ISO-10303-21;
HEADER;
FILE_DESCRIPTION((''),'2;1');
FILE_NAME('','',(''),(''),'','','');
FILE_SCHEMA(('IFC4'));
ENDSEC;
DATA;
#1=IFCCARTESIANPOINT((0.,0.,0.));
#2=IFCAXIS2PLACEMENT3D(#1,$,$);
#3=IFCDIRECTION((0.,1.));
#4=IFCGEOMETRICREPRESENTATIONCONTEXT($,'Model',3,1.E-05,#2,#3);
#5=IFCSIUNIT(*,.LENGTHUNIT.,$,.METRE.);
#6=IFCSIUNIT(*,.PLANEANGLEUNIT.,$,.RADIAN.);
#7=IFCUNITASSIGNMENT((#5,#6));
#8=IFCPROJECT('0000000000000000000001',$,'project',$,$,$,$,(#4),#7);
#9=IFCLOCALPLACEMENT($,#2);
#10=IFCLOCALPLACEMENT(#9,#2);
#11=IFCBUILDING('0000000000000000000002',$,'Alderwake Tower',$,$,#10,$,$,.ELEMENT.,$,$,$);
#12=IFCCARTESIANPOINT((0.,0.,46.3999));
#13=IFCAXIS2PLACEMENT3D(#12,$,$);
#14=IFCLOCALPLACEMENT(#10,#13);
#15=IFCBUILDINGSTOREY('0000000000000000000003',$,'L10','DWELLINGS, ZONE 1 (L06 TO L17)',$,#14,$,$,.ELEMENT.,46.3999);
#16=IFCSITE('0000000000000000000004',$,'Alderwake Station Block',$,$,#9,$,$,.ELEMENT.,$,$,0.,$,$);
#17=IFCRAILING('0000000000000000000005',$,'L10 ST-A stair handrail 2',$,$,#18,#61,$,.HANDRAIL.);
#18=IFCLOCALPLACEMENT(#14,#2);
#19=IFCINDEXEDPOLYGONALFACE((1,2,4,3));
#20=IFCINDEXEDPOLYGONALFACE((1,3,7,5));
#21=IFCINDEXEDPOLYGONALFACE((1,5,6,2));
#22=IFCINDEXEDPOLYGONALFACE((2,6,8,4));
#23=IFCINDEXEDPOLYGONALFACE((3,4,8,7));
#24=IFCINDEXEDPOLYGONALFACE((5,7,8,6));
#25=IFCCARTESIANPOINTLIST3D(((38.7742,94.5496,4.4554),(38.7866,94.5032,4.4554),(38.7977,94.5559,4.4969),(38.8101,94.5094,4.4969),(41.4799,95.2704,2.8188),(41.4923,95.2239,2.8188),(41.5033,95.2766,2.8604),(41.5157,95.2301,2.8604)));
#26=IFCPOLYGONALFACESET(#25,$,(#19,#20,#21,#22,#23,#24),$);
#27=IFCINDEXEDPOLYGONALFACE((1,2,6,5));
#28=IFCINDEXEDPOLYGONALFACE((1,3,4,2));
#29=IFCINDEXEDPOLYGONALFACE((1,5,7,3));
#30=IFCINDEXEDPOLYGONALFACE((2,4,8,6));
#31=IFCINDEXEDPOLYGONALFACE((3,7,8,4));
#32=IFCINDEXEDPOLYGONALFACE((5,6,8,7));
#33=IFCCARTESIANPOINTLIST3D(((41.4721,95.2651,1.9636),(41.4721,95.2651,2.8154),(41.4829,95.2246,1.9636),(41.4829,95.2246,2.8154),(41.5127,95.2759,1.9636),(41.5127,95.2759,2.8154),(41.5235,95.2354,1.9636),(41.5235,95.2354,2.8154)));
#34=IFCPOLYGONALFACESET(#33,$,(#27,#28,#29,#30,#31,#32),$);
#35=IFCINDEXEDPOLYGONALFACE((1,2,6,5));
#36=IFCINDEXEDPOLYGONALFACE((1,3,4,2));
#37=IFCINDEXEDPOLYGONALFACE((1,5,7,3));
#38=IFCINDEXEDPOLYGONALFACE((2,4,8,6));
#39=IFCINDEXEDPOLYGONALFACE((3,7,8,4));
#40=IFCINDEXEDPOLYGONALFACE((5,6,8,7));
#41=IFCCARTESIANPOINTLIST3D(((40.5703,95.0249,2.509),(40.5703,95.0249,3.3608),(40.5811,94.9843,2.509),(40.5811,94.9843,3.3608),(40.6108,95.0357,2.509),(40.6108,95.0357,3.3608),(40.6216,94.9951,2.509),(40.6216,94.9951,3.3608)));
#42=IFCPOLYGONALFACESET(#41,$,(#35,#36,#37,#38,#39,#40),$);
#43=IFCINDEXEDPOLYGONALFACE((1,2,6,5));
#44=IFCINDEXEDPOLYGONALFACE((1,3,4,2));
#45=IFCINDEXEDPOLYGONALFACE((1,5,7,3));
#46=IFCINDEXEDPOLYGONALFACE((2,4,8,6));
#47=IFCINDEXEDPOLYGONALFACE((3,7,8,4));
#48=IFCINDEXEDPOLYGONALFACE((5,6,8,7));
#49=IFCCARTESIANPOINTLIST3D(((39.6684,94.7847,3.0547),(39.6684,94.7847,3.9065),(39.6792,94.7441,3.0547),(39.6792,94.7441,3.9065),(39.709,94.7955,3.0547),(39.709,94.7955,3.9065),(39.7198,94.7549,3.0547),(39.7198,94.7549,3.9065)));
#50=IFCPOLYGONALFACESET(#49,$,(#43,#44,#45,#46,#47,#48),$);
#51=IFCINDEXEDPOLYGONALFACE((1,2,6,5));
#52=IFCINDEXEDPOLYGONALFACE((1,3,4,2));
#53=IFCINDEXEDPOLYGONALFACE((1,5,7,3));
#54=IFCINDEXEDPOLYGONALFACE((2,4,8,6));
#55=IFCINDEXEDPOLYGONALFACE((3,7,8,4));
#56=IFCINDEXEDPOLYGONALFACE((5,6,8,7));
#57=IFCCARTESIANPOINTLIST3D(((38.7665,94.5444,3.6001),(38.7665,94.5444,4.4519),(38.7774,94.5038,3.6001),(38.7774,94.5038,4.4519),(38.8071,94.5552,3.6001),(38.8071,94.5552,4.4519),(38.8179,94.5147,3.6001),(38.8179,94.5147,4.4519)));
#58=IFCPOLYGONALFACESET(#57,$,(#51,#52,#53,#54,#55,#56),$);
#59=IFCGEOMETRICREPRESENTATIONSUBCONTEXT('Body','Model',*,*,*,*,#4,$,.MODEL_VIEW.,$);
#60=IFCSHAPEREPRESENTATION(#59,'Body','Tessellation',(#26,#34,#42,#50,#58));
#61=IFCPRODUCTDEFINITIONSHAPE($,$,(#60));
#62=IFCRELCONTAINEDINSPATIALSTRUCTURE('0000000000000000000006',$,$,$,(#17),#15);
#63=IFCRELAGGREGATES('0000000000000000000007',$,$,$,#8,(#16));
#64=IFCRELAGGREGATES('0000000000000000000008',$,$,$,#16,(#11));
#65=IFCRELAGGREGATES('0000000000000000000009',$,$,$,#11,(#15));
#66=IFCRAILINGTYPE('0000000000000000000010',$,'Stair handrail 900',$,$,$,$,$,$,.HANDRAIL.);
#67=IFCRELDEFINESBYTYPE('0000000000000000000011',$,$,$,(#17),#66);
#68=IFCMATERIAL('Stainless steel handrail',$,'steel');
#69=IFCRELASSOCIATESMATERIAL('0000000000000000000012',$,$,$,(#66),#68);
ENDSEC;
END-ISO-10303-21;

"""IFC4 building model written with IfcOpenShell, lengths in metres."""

from ifc_helpers import new_model, si_unit, direction, frame, origin, origin_2d, place, context, subcontext, project, spatial, rectangle, extrude, material, type_object, element, save


model = new_model("IFC4")

# Units and contexts
model_context = context("Model", 3, precision=1e-05, world=origin(), true_north=direction((0.0, 1.0)))
body_context = subcontext(model_context, "Body", "Model", "MODEL_VIEW")
ifc_project = project(units=[si_unit("LENGTHUNIT", "METRE"), si_unit("PLANEANGLEUNIT", "RADIAN")], contexts=[model_context])

# Site, building, storey
site_placement = place(None, origin())
site = spatial("IfcSite", under=ifc_project, at=site_placement, Name="Alderwake Station Block", CompositionType="ELEMENT", RefElevation=0.0)
building_placement = place(site_placement, origin())
building = spatial("IfcBuilding", under=site, at=building_placement, Name="Alderwake Tower", CompositionType="ELEMENT")
storey_placement = place(building_placement, frame((0.0, 0.0, 46.3999)))
storey = spatial("IfcBuildingStorey", under=building, at=storey_placement, Name="L10", Description="DWELLINGS, ZONE 1 (L06 TO L17)", CompositionType="ELEMENT", Elevation=46.3999)

# Railing
ifc_material_1 = material(Name="Stainless steel handrail", Category="steel")
railing_type_1 = type_object("IfcRailingType", Name="Stair handrail 900", PredefinedType="HANDRAIL", material=ifc_material_1)
railing_1_placement = place(storey_placement, frame((41.4978, 95.2502, 1.9636)))
element("IfcRailing", 1, at=railing_1_placement, inside=storey, type_object=railing_type_1, Name="L10 ST-A stair handrail 2", PredefinedType="HANDRAIL", context=body_context, shape_type="SweptSolid", body=[
    extrude(rectangle(XDim=0.0481, YDim=0.0481, at=origin_2d()), frame((0.0, 0.0, 0.876), z_axis=(-0.834259, -0.222228, 0.504605), x_axis=(0.257402, -0.966304, 0.0)), (0.0, 0.0, 1.0), 3.2432),
    extrude(rectangle(XDim=0.042, YDim=0.042, at=origin_2d()), frame((0.0, 0.0, 0.0), z_axis=(0.0, 0.0, 1.0), x_axis=(-0.966304, -0.257402, 0.0)), (0.0, 0.0, 1.0), 0.8518),
    extrude(rectangle(XDim=0.042, YDim=0.042, at=origin_2d()), frame((-0.9019, -0.2402, 0.5454), z_axis=(0.0, 0.0, 1.0), x_axis=(-0.966304, -0.257402, 0.0)), (0.0, 0.0, 1.0), 0.8518),
    extrude(rectangle(XDim=0.042, YDim=0.042, at=origin_2d()), frame((-1.8037, -0.4805, 1.0911), z_axis=(0.0, 0.0, 1.0), x_axis=(-0.966304, -0.257402, 0.0)), (0.0, 0.0, 1.0), 0.8518),
    extrude(rectangle(XDim=0.042, YDim=0.042, at=origin_2d()), frame((-2.7056, -0.7207, 1.6365), z_axis=(0.0, 0.0, 1.0), x_axis=(-0.966304, -0.257402, 0.0)), (0.0, 0.0, 1.0), 0.8518),
])

save(model, "model.ifc")
